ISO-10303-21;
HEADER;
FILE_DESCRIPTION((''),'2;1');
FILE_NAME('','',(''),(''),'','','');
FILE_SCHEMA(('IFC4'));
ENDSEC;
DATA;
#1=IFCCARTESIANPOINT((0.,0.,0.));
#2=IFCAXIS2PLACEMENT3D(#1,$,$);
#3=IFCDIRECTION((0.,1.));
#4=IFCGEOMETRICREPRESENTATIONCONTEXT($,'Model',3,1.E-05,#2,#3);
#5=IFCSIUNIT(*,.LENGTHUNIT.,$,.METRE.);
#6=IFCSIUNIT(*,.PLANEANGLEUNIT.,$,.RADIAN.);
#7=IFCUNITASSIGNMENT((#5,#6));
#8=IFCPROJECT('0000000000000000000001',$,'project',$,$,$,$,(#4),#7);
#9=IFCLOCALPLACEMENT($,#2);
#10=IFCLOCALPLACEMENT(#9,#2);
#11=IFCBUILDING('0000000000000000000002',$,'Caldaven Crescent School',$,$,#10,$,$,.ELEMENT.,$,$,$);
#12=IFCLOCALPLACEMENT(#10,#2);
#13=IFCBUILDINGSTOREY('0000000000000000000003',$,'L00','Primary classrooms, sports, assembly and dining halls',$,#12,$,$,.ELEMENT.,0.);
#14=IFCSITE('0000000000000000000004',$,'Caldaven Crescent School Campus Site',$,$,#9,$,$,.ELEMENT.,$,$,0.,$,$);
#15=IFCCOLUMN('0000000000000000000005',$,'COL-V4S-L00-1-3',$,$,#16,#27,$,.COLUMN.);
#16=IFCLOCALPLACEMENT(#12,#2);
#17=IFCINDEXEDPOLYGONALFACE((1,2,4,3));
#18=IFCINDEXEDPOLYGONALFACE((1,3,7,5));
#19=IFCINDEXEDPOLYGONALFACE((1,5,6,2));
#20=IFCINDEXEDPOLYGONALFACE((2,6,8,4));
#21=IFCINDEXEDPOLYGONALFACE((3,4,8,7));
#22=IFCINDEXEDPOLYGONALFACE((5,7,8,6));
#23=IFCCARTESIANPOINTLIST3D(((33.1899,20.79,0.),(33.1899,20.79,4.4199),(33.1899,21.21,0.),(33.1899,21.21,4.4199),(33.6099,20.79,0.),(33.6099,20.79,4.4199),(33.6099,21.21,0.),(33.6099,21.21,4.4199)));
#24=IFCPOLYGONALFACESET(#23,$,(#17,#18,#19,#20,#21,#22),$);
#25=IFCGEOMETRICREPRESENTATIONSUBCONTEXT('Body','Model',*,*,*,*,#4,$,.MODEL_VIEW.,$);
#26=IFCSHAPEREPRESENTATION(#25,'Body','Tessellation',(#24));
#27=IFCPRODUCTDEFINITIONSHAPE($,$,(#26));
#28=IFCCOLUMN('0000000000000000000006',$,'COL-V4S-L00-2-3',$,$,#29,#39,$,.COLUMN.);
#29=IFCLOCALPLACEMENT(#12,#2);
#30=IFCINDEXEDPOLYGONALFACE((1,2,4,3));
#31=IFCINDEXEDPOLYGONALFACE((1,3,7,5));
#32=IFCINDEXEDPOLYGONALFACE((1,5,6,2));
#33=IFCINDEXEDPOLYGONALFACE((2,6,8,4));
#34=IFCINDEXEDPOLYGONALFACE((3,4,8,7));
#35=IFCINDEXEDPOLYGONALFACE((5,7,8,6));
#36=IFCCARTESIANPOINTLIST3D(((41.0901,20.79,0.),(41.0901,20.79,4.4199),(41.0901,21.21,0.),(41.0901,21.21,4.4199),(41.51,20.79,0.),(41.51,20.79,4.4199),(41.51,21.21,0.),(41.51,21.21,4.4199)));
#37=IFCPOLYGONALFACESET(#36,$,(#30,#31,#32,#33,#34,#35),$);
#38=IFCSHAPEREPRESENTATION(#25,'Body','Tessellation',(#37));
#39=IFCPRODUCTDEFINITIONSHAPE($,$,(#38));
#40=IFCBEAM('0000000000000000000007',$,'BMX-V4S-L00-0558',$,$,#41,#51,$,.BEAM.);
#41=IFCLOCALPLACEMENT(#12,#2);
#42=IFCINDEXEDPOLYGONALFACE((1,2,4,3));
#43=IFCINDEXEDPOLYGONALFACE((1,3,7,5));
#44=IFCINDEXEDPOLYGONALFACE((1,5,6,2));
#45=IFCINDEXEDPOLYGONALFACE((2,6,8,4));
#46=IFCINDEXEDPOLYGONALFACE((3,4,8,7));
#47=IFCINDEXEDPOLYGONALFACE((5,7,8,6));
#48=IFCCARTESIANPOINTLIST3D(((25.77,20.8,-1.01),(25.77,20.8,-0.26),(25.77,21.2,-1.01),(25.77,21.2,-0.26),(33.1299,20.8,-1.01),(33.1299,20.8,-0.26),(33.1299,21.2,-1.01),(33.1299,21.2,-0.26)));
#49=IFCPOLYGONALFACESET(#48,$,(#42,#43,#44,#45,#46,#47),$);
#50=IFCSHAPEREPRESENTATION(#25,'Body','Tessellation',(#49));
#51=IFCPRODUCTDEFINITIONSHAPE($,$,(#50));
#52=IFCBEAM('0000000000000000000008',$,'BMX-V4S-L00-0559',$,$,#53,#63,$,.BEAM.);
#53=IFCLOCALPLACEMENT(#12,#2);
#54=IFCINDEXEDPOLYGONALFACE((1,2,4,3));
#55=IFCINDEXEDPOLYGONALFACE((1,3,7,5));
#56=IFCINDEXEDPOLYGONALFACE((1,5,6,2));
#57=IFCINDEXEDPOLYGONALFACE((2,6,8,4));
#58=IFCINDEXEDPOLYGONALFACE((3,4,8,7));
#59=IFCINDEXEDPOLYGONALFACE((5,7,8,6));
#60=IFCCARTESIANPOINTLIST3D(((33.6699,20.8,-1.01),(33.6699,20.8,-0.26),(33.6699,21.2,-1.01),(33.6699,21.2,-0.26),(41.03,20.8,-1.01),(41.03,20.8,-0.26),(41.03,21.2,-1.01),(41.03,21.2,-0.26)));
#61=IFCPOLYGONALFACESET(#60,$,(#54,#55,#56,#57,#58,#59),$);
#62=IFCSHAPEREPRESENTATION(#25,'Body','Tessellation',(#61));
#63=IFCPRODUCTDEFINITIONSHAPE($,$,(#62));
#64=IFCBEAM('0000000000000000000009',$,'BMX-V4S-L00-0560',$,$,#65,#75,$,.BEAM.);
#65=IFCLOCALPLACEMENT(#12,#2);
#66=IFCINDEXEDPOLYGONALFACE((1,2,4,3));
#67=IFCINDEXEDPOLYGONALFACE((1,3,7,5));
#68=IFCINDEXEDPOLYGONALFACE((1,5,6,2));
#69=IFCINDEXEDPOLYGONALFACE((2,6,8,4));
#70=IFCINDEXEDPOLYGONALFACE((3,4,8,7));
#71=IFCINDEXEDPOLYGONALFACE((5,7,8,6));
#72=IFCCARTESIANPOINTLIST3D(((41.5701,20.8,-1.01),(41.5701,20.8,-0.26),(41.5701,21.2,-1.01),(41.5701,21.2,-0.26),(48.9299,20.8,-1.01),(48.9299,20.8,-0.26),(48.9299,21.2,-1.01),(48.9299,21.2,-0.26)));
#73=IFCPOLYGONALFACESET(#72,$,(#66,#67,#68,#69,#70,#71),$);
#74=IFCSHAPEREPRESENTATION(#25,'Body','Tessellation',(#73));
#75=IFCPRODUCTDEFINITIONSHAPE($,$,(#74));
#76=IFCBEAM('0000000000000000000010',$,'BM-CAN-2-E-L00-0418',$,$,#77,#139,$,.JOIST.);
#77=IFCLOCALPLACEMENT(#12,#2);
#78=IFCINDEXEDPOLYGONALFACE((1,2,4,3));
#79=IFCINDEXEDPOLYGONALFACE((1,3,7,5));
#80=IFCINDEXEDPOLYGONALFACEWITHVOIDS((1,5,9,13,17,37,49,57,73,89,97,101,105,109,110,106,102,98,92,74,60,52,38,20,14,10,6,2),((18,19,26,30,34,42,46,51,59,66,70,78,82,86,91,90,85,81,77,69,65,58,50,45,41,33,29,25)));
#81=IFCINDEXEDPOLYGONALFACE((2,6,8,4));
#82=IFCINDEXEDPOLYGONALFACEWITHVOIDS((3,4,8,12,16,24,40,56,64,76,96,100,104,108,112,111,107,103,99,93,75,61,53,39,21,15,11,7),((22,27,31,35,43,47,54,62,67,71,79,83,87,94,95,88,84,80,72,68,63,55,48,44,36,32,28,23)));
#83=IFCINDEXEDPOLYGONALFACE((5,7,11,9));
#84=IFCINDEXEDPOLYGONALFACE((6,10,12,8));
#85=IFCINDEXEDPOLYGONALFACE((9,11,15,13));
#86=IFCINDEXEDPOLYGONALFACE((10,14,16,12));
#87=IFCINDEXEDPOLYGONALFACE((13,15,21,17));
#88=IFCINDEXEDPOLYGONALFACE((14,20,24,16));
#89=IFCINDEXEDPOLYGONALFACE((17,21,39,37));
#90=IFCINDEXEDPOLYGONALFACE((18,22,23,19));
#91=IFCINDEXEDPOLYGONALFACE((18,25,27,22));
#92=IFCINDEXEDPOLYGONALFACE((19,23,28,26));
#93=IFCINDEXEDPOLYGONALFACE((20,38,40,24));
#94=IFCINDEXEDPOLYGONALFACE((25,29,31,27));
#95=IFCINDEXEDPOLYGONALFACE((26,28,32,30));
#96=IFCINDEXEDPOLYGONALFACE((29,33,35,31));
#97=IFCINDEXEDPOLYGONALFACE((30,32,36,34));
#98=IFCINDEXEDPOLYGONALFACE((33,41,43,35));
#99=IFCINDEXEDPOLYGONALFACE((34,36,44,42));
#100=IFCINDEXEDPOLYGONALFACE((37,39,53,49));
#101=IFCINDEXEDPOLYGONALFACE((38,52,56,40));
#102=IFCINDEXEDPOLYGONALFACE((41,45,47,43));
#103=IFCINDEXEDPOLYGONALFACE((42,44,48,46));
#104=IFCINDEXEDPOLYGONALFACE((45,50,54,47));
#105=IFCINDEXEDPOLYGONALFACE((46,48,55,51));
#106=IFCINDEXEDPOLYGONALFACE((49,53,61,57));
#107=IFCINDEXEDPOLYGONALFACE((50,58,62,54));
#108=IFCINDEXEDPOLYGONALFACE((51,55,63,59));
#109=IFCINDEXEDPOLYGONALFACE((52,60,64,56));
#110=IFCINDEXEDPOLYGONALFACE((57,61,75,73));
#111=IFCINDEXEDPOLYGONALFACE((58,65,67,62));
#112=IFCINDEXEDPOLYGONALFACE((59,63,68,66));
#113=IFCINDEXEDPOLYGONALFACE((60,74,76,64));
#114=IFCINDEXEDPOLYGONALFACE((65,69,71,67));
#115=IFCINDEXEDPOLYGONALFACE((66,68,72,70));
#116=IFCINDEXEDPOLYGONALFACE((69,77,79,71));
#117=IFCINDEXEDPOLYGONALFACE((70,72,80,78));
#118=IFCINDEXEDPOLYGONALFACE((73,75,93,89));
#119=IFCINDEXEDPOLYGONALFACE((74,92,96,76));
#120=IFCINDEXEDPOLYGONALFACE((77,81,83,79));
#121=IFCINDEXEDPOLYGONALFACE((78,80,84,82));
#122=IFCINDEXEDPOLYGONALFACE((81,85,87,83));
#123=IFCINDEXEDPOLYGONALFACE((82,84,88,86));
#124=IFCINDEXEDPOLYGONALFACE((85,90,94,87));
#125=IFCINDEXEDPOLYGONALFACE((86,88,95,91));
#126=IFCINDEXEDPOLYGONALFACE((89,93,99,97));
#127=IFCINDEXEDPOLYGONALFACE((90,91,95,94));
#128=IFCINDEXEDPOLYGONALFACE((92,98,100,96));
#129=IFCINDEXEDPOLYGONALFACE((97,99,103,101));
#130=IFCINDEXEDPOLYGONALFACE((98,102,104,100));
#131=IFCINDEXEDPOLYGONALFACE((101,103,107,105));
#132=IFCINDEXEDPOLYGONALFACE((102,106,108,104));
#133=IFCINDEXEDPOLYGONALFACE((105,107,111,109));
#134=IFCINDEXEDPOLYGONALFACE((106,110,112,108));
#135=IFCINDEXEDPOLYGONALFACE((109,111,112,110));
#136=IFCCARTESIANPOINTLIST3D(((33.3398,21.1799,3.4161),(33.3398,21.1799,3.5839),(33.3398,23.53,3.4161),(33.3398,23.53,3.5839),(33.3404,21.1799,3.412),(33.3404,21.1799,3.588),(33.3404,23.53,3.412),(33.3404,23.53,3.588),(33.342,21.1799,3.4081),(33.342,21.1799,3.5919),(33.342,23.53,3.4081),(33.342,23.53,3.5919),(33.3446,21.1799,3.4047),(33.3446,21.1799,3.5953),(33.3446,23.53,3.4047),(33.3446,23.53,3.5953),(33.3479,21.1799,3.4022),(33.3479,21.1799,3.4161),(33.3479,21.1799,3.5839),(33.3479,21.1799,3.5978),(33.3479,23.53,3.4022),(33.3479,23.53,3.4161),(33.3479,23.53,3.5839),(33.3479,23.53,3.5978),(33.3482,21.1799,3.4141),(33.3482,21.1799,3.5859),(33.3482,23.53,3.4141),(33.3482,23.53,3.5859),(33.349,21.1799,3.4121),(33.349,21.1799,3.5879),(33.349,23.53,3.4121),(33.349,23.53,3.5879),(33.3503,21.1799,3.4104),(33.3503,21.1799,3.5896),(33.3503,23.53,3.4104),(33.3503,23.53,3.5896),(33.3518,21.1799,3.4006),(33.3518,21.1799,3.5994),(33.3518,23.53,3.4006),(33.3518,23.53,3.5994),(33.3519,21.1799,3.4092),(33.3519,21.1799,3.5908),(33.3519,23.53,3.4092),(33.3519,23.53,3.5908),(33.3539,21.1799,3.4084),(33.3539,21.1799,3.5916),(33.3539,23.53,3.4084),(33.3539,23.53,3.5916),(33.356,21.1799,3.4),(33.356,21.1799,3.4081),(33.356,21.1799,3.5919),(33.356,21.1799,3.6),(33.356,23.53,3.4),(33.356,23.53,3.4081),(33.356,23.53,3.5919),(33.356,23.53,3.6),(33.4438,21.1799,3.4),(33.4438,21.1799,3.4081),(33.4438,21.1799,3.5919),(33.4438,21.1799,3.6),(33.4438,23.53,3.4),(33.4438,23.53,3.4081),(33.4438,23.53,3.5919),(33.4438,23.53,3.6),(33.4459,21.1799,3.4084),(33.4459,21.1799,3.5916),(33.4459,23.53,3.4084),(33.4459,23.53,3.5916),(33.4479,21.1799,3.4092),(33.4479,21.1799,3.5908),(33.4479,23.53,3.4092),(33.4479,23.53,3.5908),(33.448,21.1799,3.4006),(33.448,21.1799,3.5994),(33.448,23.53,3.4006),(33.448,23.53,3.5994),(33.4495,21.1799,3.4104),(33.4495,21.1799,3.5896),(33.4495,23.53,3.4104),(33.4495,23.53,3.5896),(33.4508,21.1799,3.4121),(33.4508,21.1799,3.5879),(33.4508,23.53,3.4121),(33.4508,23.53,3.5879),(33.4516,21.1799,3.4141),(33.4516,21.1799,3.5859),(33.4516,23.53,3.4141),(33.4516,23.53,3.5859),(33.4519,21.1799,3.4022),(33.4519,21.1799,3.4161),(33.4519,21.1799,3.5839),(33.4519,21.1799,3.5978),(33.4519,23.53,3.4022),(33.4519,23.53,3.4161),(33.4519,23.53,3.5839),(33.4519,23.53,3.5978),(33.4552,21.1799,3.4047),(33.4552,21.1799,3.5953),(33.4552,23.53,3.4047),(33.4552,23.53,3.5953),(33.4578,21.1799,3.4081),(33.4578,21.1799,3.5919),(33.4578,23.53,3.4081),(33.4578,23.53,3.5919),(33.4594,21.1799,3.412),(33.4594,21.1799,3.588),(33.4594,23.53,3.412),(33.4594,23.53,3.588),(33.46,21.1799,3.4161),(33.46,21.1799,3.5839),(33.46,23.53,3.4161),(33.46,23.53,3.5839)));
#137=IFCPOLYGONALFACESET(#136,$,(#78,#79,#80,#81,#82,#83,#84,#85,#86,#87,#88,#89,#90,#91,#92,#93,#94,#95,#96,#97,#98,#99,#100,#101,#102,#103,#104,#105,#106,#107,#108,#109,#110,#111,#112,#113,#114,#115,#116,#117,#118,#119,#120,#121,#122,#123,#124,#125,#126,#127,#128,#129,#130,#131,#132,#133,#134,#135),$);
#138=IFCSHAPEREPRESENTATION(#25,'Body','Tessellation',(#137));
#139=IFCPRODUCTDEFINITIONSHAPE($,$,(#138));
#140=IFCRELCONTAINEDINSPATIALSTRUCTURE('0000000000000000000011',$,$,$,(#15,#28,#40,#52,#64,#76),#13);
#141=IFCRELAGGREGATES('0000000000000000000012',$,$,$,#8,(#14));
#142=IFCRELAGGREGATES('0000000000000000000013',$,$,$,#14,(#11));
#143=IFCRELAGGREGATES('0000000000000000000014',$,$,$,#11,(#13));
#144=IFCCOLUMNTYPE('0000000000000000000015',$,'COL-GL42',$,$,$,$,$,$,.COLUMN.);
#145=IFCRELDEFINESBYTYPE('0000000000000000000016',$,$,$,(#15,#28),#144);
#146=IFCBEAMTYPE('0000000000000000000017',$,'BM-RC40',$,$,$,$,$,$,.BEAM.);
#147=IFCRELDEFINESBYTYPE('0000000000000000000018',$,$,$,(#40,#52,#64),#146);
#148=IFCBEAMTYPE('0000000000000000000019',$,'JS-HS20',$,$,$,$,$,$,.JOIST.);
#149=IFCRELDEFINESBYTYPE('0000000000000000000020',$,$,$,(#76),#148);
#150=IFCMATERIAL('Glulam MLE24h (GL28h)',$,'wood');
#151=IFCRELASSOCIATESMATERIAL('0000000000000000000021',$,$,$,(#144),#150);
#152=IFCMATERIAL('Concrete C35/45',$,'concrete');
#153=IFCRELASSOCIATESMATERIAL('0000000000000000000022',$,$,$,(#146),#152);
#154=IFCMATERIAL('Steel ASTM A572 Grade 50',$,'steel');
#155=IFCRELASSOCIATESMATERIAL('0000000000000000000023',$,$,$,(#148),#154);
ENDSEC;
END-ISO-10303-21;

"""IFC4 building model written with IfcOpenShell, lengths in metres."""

from ifc_helpers import new_model, si_unit, direction, frame, origin, origin_2d, place, context, subcontext, project, spatial, rectangle, hollow_rectangle, extrude, material, material_profile, profile_set, type_object, element, save


model = new_model("IFC4")

# Units and contexts
model_context = context("Model", 3, precision=1e-05, world=origin(), true_north=direction((0.0, 1.0)))
body_context = subcontext(model_context, "Body", "Model", "MODEL_VIEW")
ifc_project = project(units=[si_unit("LENGTHUNIT", "METRE"), si_unit("PLANEANGLEUNIT", "RADIAN")], contexts=[model_context])

# Site, building, storey
site_placement = place(None, origin())
site = spatial("IfcSite", under=ifc_project, at=site_placement, Name="Caldaven Crescent School Campus Site", CompositionType="ELEMENT", RefElevation=0.0)
building_placement = place(site_placement, origin())
building = spatial("IfcBuilding", under=site, at=building_placement, Name="Caldaven Crescent School", CompositionType="ELEMENT")
storey_placement = place(building_placement, origin())
storey = spatial("IfcBuildingStorey", under=building, at=storey_placement, Name="L00", Description="Primary classrooms, sports, assembly and dining halls", CompositionType="ELEMENT", Elevation=0.0)

# Columns
ifc_material_1 = material(Name="Glulam MLE24h (GL28h)", Category="wood")
ifc_material_profile_1 = material_profile(ifc_material_1, rectangle(XDim=0.4199, YDim=0.4199, at=origin_2d()), Name="MLE 420x420")
ifc_profile_set_1 = profile_set([ifc_material_profile_1], Name="Glulam MLE24h (GL28h)")
column_type = type_object("IfcColumnType", Name="COL-GL42", PredefinedType="COLUMN", material=ifc_profile_set_1)
for number, where, z_axis, x_axis, name in (
    (1, (33.3999, 21.0, 0.0), (0.0, 0.0, 1.0), (1.0, 0.0, 0.0), "COL-V4S-L00-1-3"),
    (2, (41.3, 21.0, 0.0), (0.0, 0.0, 1.0), (1.0, 0.0, 0.0), "COL-V4S-L00-2-3"),
):
    element("IfcColumn", number, at=place(storey_placement, frame(where, z_axis=z_axis, x_axis=x_axis)), inside=storey, type_object=column_type, Name=name, PredefinedType="COLUMN", context=body_context, shape_type="SweptSolid", body=[
        extrude(rectangle(XDim=0.4199, YDim=0.4199, at=origin_2d()), origin(), (0.0, 0.0, 1.0), 4.4199),
    ])

# Beams
ifc_material_2 = material(Name="Concrete C35/45", Category="concrete")
ifc_material_profile_2 = material_profile(ifc_material_2, rectangle(XDim=0.3999, YDim=0.75, at=origin_2d()), Name="RC 400x750")
ifc_profile_set_2 = profile_set([ifc_material_profile_2], Name="Concrete C35/45")
beam_type_1 = type_object("IfcBeamType", Name="BM-RC40", PredefinedType="BEAM", material=ifc_profile_set_2)
beam_1_placement = place(storey_placement, frame((25.77, 21.0, -0.635), z_axis=(1.0, 0.0, 0.0), x_axis=(0.0, 1.0, 0.0)))
element("IfcBeam", 3, at=beam_1_placement, inside=storey, type_object=beam_type_1, Name="BMX-V4S-L00-0558", PredefinedType="BEAM", context=body_context, shape_type="SweptSolid", body=[
    extrude(rectangle(XDim=0.3999, YDim=0.75, at=origin_2d()), origin(), (0.0, 0.0, 1.0), 7.3599),
])
beam_2_placement = place(storey_placement, frame((33.6699, 21.0, -0.635), z_axis=(1.0, 0.0, 0.0), x_axis=(0.0, 1.0, 0.0)))
element("IfcBeam", 4, at=beam_2_placement, inside=storey, type_object=beam_type_1, Name="BMX-V4S-L00-0559", PredefinedType="BEAM", context=body_context, shape_type="SweptSolid", body=[
    extrude(rectangle(XDim=0.3999, YDim=0.75, at=origin_2d()), origin(), (0.0, 0.0, 1.0), 7.3601),
])
beam_3_placement = place(storey_placement, frame((41.5701, 21.0, -0.635), z_axis=(1.0, 0.0, 0.0), x_axis=(0.0, 1.0, 0.0)))
element("IfcBeam", 5, at=beam_3_placement, inside=storey, type_object=beam_type_1, Name="BMX-V4S-L00-0560", PredefinedType="BEAM", context=body_context, shape_type="SweptSolid", body=[
    extrude(rectangle(XDim=0.3999, YDim=0.75, at=origin_2d()), origin(), (0.0, 0.0, 1.0), 7.3599),
])
ifc_material_3 = material(Name="Steel ASTM A572 Grade 50", Category="steel")
ifc_material_profile_3 = material_profile(ifc_material_3, hollow_rectangle(XDim=0.1201, YDim=0.2, WallThickness=0.0081, InnerFilletRadius=0.0081, OuterFilletRadius=0.0161, at=origin_2d()), Name="HSS 120x200x8")
ifc_profile_set_3 = profile_set([ifc_material_profile_3], Name="Steel ASTM A572 Grade 50")
beam_type_2 = type_object("IfcBeamType", Name="JS-HS20", PredefinedType="JOIST", material=ifc_profile_set_3)
for number, where, z_axis, x_axis, name in (
    (6, (33.3999, 21.1799, 3.5), (0.0, 1.0, 0.0), (-1.0, 0.0, 0.0), "BM-CAN-2-E-L00-0418"),
):
    element("IfcBeam", number, at=place(storey_placement, frame(where, z_axis=z_axis, x_axis=x_axis)), inside=storey, type_object=beam_type_2, Name=name, PredefinedType="JOIST", context=body_context, shape_type="SweptSolid", body=[
        extrude(hollow_rectangle(XDim=0.1201, YDim=0.2, WallThickness=0.0081, InnerFilletRadius=0.0081, OuterFilletRadius=0.0161, at=origin_2d()), origin(), (0.0, 0.0, 1.0), 2.3501),
    ])

save(model, "model.ifc")
